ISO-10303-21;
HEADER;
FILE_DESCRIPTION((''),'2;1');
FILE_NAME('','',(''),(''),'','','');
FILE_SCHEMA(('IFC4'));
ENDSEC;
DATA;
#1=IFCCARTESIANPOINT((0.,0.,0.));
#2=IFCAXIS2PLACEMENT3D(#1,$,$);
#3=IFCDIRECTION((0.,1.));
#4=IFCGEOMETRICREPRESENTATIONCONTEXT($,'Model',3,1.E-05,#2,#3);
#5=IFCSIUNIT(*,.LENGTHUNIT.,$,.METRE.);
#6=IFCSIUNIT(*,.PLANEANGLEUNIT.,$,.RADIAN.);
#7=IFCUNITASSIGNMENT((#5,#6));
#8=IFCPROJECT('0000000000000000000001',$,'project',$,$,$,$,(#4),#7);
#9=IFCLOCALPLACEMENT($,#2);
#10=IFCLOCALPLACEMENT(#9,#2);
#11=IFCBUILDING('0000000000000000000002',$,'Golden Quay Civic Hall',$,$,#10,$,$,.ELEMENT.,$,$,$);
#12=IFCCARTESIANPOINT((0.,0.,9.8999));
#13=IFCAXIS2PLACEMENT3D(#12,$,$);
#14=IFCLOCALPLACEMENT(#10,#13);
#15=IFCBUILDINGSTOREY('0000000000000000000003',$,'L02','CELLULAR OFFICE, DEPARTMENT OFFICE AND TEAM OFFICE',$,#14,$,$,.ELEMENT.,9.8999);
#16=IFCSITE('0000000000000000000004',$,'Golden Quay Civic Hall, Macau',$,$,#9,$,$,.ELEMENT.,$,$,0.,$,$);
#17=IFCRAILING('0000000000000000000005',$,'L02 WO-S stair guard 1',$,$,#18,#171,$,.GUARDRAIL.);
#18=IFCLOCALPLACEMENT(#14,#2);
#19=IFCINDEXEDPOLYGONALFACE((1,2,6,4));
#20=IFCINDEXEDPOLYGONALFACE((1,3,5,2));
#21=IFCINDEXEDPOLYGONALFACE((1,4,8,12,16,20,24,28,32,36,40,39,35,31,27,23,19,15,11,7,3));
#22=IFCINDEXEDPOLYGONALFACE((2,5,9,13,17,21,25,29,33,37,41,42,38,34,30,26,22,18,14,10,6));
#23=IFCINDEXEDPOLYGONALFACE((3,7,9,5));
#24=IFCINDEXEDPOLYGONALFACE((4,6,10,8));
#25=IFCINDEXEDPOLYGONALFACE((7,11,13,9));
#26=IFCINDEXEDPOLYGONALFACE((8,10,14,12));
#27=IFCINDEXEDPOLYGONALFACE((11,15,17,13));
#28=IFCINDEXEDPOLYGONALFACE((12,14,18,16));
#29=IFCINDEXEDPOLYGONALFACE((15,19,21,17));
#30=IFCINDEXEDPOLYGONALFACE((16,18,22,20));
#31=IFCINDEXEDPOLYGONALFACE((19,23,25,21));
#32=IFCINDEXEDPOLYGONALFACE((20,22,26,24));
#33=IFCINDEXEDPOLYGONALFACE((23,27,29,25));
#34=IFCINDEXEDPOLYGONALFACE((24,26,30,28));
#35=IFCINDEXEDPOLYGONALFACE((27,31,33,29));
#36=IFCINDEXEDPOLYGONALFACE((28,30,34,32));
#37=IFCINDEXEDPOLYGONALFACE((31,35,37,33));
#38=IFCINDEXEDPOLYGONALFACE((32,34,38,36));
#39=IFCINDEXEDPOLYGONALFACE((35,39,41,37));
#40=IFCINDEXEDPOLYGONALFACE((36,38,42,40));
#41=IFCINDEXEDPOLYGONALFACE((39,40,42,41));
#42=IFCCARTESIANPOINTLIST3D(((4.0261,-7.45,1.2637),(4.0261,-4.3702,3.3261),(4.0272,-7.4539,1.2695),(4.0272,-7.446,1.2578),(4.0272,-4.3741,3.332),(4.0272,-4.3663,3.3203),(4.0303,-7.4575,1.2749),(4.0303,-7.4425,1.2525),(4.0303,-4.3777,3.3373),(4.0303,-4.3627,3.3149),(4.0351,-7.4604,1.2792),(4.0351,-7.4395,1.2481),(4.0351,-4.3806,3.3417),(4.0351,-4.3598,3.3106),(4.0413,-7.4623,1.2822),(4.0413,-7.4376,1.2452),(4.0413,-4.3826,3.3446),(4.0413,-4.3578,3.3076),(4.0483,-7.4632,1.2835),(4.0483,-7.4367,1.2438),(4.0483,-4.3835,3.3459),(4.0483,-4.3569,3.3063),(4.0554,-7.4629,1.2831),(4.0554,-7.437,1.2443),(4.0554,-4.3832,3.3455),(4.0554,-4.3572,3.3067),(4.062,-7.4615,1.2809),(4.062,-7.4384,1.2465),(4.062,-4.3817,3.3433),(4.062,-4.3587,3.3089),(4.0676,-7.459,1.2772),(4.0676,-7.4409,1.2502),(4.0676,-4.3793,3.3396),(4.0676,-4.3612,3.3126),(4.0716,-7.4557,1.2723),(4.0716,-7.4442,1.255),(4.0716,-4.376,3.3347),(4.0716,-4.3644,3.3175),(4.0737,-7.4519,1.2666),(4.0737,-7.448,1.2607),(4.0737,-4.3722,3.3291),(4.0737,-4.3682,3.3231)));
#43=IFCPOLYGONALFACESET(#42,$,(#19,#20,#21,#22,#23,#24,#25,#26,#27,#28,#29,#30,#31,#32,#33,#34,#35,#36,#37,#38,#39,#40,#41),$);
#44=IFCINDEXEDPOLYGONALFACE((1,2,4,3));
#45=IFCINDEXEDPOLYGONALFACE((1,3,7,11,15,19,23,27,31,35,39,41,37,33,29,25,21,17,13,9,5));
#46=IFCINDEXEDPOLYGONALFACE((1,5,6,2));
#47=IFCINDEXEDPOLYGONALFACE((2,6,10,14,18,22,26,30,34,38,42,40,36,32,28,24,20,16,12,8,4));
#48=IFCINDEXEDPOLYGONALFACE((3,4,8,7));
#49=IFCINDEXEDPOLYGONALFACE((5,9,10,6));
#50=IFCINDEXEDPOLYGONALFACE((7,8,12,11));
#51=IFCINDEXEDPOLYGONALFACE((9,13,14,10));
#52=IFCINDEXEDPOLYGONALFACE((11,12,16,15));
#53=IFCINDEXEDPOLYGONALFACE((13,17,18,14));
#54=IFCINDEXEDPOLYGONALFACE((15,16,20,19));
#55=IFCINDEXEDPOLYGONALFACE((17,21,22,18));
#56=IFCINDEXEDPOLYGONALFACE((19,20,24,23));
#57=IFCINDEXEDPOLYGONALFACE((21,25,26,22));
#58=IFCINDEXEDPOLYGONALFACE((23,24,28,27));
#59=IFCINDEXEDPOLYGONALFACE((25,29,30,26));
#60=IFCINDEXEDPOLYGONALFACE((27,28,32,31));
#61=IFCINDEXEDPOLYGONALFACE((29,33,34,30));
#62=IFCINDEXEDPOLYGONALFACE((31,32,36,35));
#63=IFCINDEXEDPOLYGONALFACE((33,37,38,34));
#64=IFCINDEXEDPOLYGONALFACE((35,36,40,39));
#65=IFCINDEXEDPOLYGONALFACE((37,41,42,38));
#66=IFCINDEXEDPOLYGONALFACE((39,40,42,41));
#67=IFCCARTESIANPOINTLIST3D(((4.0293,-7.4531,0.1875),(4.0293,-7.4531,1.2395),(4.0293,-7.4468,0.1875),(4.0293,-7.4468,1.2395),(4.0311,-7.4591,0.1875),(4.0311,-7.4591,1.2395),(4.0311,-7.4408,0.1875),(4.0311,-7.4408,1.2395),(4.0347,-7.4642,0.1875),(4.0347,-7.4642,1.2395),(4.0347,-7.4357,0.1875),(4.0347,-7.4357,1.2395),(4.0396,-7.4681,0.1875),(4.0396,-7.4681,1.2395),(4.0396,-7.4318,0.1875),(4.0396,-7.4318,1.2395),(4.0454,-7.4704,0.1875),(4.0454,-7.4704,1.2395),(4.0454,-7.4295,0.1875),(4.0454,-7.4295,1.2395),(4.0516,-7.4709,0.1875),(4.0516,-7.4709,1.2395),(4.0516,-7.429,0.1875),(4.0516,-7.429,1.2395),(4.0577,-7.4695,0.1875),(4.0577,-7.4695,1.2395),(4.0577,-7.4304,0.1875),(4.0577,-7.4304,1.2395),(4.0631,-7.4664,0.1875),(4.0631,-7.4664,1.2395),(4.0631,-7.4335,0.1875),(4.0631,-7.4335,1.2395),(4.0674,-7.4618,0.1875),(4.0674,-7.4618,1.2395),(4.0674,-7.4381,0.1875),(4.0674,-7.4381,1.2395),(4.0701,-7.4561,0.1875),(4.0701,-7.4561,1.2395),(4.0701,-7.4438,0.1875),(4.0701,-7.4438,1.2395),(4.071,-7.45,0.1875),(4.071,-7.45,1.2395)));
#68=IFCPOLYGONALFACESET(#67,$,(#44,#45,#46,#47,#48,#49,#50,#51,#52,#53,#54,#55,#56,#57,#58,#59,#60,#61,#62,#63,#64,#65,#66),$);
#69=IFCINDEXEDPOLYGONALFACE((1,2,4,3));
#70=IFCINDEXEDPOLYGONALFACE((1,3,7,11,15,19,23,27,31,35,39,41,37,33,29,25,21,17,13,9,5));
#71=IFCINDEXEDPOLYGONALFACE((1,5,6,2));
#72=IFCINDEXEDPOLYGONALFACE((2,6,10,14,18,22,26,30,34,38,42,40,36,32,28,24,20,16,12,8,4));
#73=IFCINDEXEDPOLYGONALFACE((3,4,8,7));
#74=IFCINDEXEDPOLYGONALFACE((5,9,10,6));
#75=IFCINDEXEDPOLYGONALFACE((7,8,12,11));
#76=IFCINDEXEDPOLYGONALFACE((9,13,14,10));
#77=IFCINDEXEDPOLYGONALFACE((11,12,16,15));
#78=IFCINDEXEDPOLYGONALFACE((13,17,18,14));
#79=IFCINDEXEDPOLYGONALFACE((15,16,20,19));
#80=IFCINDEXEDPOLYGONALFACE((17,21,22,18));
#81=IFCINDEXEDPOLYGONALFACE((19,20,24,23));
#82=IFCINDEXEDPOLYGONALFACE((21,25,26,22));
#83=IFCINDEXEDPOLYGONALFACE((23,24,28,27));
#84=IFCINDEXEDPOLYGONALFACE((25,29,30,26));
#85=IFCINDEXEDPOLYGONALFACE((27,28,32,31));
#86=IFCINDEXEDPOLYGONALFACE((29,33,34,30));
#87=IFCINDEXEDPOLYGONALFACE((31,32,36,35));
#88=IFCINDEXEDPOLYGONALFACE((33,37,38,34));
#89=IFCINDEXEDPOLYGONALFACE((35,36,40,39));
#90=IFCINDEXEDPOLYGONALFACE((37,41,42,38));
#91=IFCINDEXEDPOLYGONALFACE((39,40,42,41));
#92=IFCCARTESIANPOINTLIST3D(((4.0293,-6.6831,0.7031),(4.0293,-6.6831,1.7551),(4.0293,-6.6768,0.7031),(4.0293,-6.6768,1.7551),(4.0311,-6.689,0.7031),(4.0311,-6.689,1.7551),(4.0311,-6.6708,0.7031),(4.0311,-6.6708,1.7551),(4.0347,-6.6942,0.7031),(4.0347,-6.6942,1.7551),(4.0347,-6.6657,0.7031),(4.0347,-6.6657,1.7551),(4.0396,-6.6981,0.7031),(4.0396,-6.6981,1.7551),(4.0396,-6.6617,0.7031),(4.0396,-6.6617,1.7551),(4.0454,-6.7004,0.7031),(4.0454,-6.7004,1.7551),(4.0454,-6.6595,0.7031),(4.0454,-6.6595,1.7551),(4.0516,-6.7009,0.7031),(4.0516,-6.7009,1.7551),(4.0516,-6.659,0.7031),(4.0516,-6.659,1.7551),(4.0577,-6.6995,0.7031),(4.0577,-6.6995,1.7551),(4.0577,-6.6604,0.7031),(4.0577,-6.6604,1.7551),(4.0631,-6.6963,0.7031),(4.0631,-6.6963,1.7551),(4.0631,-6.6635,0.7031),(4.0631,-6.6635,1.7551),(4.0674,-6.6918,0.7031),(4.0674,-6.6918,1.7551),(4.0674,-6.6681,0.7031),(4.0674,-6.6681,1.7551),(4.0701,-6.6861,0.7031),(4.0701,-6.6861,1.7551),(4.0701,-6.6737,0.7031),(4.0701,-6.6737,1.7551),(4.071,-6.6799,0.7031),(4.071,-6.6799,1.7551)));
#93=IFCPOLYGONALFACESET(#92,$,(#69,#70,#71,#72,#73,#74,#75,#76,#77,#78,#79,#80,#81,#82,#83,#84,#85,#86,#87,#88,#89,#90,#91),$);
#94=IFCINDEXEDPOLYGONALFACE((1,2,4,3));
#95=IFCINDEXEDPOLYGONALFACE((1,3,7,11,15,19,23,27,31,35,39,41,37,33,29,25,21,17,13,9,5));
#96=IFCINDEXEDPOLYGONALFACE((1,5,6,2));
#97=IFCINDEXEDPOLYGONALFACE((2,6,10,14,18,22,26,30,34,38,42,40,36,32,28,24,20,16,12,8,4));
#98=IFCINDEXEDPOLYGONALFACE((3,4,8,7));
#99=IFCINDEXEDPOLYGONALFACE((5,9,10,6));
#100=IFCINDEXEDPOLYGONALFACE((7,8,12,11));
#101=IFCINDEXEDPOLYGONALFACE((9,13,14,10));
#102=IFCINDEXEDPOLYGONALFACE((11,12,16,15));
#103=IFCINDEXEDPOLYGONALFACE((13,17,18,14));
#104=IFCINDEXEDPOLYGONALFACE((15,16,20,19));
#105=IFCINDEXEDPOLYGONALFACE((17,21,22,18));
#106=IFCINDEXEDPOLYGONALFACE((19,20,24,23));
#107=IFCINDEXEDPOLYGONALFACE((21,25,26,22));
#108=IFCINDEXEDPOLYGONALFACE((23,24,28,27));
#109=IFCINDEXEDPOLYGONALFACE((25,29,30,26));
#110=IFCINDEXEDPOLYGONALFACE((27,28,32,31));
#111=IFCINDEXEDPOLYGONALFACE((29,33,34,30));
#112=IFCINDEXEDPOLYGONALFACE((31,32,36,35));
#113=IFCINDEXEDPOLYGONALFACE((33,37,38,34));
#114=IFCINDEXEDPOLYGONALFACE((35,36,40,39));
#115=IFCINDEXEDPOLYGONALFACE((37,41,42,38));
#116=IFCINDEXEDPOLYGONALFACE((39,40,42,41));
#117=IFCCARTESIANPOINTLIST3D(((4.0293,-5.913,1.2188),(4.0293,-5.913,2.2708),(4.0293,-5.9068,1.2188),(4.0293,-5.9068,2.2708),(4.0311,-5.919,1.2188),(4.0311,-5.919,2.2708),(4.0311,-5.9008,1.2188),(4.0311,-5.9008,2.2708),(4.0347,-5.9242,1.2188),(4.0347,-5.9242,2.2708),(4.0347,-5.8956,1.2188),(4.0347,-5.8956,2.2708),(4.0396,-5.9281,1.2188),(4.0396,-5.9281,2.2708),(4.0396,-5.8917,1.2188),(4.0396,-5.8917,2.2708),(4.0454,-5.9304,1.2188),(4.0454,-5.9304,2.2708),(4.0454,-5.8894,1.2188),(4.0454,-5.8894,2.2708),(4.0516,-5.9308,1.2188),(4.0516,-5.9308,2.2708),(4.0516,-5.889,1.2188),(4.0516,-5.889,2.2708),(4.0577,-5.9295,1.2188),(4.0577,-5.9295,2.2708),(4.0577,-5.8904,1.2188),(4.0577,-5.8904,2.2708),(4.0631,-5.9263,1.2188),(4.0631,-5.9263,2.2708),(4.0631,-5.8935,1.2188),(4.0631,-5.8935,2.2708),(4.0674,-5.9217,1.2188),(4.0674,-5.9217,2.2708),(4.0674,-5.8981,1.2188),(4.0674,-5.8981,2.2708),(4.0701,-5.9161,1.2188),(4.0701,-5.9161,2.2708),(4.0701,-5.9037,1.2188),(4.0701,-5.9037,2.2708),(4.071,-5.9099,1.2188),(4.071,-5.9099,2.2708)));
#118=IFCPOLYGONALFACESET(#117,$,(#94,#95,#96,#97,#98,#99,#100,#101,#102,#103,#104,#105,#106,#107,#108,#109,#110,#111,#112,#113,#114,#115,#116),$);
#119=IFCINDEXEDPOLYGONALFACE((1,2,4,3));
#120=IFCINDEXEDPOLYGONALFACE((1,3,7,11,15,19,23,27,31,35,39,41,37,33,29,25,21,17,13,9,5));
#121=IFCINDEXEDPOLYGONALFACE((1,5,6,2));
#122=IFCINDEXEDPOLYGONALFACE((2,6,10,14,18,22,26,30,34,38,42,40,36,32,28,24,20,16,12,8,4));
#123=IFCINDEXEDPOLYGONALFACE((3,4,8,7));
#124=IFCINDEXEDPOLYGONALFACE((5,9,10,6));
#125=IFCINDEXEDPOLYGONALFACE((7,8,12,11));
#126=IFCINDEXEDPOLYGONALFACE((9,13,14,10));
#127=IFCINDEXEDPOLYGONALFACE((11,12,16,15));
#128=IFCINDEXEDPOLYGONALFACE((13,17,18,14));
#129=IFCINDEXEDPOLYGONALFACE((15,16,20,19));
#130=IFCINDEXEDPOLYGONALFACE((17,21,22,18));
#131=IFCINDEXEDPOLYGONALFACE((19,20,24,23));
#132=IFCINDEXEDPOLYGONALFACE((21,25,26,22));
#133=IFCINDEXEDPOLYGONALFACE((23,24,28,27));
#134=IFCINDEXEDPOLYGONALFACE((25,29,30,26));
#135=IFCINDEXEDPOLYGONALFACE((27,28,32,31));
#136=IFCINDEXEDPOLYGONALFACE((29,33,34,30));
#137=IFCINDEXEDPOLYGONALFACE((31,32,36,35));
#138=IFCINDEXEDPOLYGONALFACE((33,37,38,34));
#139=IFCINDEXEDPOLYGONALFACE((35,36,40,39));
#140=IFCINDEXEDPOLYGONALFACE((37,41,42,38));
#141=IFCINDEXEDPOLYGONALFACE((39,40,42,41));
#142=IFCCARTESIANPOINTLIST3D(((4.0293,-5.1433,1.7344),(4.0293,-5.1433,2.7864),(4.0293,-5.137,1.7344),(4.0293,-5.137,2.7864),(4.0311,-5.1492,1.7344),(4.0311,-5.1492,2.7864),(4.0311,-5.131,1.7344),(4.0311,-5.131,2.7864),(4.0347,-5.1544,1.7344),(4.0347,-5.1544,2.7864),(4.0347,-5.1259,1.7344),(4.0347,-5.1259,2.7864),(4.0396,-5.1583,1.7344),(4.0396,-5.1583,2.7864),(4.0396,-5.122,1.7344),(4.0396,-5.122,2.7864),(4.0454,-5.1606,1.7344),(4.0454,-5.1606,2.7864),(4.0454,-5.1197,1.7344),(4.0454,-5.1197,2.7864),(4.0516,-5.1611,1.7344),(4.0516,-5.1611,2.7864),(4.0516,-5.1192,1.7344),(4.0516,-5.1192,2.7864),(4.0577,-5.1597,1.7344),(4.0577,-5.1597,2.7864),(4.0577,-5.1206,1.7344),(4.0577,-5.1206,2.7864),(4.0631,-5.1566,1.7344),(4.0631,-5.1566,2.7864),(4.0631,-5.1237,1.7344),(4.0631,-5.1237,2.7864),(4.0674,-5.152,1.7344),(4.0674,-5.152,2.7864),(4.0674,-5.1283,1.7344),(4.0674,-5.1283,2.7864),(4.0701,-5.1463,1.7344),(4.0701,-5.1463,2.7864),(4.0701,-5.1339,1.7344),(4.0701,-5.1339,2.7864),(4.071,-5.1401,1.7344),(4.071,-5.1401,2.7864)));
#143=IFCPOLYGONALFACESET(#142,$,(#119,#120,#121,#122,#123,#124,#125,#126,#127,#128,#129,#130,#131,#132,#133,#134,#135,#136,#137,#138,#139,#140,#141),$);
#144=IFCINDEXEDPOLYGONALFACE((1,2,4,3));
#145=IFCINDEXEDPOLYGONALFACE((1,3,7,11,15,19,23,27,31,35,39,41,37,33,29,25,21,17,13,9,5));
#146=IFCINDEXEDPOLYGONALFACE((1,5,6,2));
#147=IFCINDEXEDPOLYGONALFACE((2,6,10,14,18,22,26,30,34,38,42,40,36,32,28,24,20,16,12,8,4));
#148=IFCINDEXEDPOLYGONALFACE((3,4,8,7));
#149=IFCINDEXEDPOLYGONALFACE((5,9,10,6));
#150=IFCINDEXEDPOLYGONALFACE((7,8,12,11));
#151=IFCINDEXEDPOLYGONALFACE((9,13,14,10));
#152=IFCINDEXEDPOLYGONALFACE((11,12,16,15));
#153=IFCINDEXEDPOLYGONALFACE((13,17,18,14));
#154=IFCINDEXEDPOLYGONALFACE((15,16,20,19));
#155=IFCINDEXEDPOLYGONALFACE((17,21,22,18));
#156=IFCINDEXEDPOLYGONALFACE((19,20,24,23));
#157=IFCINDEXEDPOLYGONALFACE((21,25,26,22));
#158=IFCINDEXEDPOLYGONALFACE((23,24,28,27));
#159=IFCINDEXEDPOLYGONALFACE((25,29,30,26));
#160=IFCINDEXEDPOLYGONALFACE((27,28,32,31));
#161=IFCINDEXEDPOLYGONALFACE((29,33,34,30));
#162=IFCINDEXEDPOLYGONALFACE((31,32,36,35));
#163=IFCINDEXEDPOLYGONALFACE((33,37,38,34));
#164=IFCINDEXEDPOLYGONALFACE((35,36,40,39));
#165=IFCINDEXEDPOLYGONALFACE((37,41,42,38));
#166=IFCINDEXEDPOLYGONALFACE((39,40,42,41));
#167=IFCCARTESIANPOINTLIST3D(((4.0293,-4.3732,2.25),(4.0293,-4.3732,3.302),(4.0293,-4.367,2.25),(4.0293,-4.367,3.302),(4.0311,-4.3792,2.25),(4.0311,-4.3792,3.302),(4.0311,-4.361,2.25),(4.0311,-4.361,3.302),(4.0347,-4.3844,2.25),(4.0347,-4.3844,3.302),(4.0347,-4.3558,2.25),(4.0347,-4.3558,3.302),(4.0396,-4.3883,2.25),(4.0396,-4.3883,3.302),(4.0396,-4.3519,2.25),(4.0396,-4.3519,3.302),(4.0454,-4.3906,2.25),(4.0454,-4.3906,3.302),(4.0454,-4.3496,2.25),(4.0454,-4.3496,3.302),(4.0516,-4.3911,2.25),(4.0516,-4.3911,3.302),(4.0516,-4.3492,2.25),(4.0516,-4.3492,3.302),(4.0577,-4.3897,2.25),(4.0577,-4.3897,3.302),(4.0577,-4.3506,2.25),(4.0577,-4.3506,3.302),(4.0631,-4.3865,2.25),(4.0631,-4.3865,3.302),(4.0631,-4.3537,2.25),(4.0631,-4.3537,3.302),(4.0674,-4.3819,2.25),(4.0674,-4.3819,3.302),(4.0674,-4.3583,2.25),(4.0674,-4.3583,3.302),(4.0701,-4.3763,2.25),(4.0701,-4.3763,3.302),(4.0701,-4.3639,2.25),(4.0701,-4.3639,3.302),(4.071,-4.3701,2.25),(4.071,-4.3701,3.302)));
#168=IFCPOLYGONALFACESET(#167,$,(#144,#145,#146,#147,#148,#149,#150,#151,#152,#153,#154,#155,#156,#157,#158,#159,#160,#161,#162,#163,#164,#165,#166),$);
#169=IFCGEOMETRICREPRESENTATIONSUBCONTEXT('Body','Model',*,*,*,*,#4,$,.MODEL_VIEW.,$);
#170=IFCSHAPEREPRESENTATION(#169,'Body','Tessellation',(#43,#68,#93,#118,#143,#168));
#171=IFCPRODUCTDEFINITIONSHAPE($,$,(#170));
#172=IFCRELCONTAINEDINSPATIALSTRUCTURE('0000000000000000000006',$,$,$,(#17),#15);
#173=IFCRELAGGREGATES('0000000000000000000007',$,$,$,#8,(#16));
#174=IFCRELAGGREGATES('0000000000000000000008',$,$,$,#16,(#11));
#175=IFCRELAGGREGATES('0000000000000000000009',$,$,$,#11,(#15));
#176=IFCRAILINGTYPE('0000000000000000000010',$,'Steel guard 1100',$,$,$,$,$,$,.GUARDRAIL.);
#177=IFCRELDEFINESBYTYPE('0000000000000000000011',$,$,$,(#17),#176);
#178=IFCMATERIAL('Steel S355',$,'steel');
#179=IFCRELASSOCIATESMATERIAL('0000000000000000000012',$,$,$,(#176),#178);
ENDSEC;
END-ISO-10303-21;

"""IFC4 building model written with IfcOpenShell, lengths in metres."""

from ifc_helpers import new_model, si_unit, direction, frame, origin, origin_2d, place, context, subcontext, project, spatial, circle, extrude, material, type_object, element, save


model = new_model("IFC4")

# Units and contexts
model_context = context("Model", 3, precision=1e-05, world=origin(), true_north=direction((0.0, 1.0)))
body_context = subcontext(model_context, "Body", "Model", "MODEL_VIEW")
ifc_project = project(units=[si_unit("LENGTHUNIT", "METRE"), si_unit("PLANEANGLEUNIT", "RADIAN")], contexts=[model_context])

# Site, building, storey
site_placement = place(None, origin())
site = spatial("IfcSite", under=ifc_project, at=site_placement, Name="Golden Quay Civic Hall, Macau", CompositionType="ELEMENT", RefElevation=0.0)
building_placement = place(site_placement, origin())
building = spatial("IfcBuilding", under=site, at=building_placement, Name="Golden Quay Civic Hall", CompositionType="ELEMENT")
storey_placement = place(building_placement, frame((0.0, 0.0, 9.8999)))
storey = spatial("IfcBuildingStorey", under=building, at=storey_placement, Name="L02", Description="CELLULAR OFFICE, DEPARTMENT OFFICE AND TEAM OFFICE", CompositionType="ELEMENT", Elevation=9.8999)

# Railing
ifc_material_1 = material(Name="Steel S355", Category="steel")
railing_type_1 = type_object("IfcRailingType", Name="Steel guard 1100", PredefinedType="GUARDRAIL", material=ifc_material_1)
railing_1_placement = place(storey_placement, frame((4.05, -7.45, 0.1875)))
element("IfcRailing", 1, at=railing_1_placement, inside=storey, type_object=railing_type_1, Name="L02 WO-S stair guard 1", PredefinedType="GUARDRAIL", context=body_context, shape_type="SweptSolid", body=[
    extrude(circle(Radius=0.0239, at=origin_2d()), frame((0.0, 0.0, 1.0762), z_axis=(0.0, 0.830893, 0.556432), x_axis=(-1.0, 0.0, 0.0)), (0.0, 0.0, 1.0), 3.7065),
    extrude(circle(Radius=0.021, at=origin_2d()), origin(), (0.0, 0.0, 1.0), 1.052),
    extrude(circle(Radius=0.021, at=origin_2d()), frame((0.0, 0.77, 0.5156)), (0.0, 0.0, 1.0), 1.052),
    extrude(circle(Radius=0.021, at=origin_2d()), frame((0.0, 1.54, 1.0312)), (0.0, 0.0, 1.0), 1.052),
    extrude(circle(Radius=0.021, at=origin_2d()), frame((0.0, 2.3098, 1.5469)), (0.0, 0.0, 1.0), 1.052),
    extrude(circle(Radius=0.021, at=origin_2d()), frame((0.0, 3.0798, 2.0625)), (0.0, 0.0, 1.0), 1.052),
])

save(model, "model.ifc")
